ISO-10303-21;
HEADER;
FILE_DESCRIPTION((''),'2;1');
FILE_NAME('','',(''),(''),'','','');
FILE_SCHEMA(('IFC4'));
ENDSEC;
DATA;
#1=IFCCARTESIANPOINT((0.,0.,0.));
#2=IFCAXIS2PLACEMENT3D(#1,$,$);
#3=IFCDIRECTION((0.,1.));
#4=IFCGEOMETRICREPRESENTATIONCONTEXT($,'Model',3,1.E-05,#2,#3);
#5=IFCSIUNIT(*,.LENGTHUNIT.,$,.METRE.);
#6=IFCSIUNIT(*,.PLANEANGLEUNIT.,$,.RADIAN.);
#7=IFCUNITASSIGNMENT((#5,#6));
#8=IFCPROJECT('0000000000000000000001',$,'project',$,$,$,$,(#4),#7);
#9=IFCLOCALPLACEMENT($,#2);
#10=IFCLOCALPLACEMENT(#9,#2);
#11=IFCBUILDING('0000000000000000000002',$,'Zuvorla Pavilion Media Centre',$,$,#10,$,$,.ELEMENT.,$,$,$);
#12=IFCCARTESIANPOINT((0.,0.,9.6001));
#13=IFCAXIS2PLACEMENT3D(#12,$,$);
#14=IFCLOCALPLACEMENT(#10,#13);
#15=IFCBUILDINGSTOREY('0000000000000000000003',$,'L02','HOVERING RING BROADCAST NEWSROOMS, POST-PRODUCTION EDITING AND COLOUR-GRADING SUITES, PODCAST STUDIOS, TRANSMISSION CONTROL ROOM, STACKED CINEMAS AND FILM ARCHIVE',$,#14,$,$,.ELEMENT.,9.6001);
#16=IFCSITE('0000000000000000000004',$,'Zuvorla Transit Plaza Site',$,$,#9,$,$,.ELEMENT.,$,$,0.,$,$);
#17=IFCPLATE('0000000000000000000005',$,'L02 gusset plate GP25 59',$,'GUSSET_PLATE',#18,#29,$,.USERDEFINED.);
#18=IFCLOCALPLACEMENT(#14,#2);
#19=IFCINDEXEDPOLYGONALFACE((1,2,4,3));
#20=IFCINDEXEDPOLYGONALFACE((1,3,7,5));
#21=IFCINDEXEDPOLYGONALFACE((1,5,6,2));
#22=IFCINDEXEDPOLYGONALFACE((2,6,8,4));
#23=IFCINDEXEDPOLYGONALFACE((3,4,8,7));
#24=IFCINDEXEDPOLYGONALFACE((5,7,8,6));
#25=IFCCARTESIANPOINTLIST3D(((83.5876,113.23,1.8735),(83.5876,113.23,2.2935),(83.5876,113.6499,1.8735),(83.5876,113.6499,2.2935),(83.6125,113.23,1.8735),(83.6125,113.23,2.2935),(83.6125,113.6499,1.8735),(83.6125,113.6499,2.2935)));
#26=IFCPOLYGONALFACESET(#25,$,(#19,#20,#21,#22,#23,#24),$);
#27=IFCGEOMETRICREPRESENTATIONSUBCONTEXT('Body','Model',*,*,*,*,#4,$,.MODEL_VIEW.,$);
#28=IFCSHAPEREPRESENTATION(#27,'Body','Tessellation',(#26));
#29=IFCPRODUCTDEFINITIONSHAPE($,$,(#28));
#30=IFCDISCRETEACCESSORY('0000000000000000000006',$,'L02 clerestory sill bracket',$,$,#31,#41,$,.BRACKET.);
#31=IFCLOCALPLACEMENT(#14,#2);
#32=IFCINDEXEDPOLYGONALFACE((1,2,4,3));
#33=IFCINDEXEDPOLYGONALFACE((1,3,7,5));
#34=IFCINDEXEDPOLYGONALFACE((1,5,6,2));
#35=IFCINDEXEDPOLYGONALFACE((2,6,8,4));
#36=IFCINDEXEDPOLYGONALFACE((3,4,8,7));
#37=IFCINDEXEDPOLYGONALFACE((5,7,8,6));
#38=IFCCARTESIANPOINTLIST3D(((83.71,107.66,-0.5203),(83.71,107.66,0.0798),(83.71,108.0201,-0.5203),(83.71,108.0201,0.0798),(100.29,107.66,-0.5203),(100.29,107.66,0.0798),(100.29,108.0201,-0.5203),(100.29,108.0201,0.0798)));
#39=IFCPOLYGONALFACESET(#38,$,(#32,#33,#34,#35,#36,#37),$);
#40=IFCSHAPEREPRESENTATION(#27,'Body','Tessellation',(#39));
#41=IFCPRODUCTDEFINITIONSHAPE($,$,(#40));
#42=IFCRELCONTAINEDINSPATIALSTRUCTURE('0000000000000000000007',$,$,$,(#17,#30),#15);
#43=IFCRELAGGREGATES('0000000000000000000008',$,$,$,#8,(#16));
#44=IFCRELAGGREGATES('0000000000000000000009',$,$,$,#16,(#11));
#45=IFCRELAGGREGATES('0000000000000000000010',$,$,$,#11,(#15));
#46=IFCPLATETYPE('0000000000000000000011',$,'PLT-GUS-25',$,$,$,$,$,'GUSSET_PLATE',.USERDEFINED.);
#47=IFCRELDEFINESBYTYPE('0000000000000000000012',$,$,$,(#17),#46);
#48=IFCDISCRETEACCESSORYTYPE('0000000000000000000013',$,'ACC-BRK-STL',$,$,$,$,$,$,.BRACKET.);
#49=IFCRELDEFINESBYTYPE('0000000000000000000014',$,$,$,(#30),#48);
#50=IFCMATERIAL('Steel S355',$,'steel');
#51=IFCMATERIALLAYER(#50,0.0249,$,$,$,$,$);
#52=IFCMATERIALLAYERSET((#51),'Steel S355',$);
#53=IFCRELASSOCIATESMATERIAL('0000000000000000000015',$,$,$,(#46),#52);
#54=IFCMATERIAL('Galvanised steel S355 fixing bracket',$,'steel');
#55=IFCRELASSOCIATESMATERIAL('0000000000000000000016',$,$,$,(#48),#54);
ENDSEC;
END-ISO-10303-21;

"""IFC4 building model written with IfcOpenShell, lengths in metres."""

from ifc_helpers import new_model, si_unit, direction, frame, origin, origin_2d, place, context, subcontext, project, spatial, rectangle, extrude, material, layer, layer_set, type_object, element, save


model = new_model("IFC4")

# Units and contexts
model_context = context("Model", 3, precision=1e-05, world=origin(), true_north=direction((0.0, 1.0)))
body_context = subcontext(model_context, "Body", "Model", "MODEL_VIEW")
ifc_project = project(units=[si_unit("LENGTHUNIT", "METRE"), si_unit("PLANEANGLEUNIT", "RADIAN")], contexts=[model_context])

# Site, building, storey
site_placement = place(None, origin())
site = spatial("IfcSite", under=ifc_project, at=site_placement, Name="Zuvorla Transit Plaza Site", CompositionType="ELEMENT", RefElevation=0.0)
building_placement = place(site_placement, origin())
building = spatial("IfcBuilding", under=site, at=building_placement, Name="Zuvorla Pavilion Media Centre", CompositionType="ELEMENT")
storey_placement = place(building_placement, frame((0.0, 0.0, 9.6001)))
storey = spatial("IfcBuildingStorey", under=building, at=storey_placement, Name="L02", Description="HOVERING RING BROADCAST NEWSROOMS, POST-PRODUCTION EDITING AND COLOUR-GRADING SUITES, PODCAST STUDIOS, TRANSMISSION CONTROL ROOM, STACKED CINEMAS AND FILM ARCHIVE", CompositionType="ELEMENT", Elevation=9.6001)

# Shared definitions
ifc_material_1 = material(Name="Steel S355", Category="steel")

# Plate
ifc_layer_1 = layer(ifc_material_1, 0.0249)
ifc_layer_set_1 = layer_set([ifc_layer_1], Name="Steel S355")
plate_type_1 = type_object("IfcPlateType", Name="PLT-GUS-25", ElementType="GUSSET_PLATE", PredefinedType="USERDEFINED", material=ifc_layer_set_1)
plate_1_placement = place(storey_placement, frame((83.6001, 113.4399, 1.8735), z_axis=(0.0, 0.0, 1.0), x_axis=(1.0, 0.0, 0.0)))
element("IfcPlate", 1, at=plate_1_placement, inside=storey, type_object=plate_type_1, Name="L02 gusset plate GP25 59", ObjectType="GUSSET_PLATE", PredefinedType="USERDEFINED", context=body_context, shape_type="SweptSolid", body=[
    extrude(rectangle(XDim=0.0249, YDim=0.4199, at=origin_2d()), origin(), (0.0, 0.0, 1.0), 0.4199),
])

# Discrete accessory
ifc_material_2 = material(Name="Galvanised steel S355 fixing bracket", Category="steel")
discrete_accessory_type = type_object("IfcDiscreteAccessoryType", Name="ACC-BRK-STL", PredefinedType="BRACKET", material=ifc_material_2)
discrete_accessory_placement = place(storey_placement, frame((92.0, 107.8401, -0.5203), z_axis=(0.0, 0.0, 1.0), x_axis=(1.0, 0.0, 0.0)))
element("IfcDiscreteAccessory", 2, at=discrete_accessory_placement, inside=storey, type_object=discrete_accessory_type, Name="L02 clerestory sill bracket", PredefinedType="BRACKET", context=body_context, shape_type="SweptSolid", body=[
    extrude(rectangle(XDim=16.5801, YDim=0.3601, at=origin_2d()), origin(), (0.0, 0.0, 1.0), 0.6001),
])

save(model, "model.ifc")
